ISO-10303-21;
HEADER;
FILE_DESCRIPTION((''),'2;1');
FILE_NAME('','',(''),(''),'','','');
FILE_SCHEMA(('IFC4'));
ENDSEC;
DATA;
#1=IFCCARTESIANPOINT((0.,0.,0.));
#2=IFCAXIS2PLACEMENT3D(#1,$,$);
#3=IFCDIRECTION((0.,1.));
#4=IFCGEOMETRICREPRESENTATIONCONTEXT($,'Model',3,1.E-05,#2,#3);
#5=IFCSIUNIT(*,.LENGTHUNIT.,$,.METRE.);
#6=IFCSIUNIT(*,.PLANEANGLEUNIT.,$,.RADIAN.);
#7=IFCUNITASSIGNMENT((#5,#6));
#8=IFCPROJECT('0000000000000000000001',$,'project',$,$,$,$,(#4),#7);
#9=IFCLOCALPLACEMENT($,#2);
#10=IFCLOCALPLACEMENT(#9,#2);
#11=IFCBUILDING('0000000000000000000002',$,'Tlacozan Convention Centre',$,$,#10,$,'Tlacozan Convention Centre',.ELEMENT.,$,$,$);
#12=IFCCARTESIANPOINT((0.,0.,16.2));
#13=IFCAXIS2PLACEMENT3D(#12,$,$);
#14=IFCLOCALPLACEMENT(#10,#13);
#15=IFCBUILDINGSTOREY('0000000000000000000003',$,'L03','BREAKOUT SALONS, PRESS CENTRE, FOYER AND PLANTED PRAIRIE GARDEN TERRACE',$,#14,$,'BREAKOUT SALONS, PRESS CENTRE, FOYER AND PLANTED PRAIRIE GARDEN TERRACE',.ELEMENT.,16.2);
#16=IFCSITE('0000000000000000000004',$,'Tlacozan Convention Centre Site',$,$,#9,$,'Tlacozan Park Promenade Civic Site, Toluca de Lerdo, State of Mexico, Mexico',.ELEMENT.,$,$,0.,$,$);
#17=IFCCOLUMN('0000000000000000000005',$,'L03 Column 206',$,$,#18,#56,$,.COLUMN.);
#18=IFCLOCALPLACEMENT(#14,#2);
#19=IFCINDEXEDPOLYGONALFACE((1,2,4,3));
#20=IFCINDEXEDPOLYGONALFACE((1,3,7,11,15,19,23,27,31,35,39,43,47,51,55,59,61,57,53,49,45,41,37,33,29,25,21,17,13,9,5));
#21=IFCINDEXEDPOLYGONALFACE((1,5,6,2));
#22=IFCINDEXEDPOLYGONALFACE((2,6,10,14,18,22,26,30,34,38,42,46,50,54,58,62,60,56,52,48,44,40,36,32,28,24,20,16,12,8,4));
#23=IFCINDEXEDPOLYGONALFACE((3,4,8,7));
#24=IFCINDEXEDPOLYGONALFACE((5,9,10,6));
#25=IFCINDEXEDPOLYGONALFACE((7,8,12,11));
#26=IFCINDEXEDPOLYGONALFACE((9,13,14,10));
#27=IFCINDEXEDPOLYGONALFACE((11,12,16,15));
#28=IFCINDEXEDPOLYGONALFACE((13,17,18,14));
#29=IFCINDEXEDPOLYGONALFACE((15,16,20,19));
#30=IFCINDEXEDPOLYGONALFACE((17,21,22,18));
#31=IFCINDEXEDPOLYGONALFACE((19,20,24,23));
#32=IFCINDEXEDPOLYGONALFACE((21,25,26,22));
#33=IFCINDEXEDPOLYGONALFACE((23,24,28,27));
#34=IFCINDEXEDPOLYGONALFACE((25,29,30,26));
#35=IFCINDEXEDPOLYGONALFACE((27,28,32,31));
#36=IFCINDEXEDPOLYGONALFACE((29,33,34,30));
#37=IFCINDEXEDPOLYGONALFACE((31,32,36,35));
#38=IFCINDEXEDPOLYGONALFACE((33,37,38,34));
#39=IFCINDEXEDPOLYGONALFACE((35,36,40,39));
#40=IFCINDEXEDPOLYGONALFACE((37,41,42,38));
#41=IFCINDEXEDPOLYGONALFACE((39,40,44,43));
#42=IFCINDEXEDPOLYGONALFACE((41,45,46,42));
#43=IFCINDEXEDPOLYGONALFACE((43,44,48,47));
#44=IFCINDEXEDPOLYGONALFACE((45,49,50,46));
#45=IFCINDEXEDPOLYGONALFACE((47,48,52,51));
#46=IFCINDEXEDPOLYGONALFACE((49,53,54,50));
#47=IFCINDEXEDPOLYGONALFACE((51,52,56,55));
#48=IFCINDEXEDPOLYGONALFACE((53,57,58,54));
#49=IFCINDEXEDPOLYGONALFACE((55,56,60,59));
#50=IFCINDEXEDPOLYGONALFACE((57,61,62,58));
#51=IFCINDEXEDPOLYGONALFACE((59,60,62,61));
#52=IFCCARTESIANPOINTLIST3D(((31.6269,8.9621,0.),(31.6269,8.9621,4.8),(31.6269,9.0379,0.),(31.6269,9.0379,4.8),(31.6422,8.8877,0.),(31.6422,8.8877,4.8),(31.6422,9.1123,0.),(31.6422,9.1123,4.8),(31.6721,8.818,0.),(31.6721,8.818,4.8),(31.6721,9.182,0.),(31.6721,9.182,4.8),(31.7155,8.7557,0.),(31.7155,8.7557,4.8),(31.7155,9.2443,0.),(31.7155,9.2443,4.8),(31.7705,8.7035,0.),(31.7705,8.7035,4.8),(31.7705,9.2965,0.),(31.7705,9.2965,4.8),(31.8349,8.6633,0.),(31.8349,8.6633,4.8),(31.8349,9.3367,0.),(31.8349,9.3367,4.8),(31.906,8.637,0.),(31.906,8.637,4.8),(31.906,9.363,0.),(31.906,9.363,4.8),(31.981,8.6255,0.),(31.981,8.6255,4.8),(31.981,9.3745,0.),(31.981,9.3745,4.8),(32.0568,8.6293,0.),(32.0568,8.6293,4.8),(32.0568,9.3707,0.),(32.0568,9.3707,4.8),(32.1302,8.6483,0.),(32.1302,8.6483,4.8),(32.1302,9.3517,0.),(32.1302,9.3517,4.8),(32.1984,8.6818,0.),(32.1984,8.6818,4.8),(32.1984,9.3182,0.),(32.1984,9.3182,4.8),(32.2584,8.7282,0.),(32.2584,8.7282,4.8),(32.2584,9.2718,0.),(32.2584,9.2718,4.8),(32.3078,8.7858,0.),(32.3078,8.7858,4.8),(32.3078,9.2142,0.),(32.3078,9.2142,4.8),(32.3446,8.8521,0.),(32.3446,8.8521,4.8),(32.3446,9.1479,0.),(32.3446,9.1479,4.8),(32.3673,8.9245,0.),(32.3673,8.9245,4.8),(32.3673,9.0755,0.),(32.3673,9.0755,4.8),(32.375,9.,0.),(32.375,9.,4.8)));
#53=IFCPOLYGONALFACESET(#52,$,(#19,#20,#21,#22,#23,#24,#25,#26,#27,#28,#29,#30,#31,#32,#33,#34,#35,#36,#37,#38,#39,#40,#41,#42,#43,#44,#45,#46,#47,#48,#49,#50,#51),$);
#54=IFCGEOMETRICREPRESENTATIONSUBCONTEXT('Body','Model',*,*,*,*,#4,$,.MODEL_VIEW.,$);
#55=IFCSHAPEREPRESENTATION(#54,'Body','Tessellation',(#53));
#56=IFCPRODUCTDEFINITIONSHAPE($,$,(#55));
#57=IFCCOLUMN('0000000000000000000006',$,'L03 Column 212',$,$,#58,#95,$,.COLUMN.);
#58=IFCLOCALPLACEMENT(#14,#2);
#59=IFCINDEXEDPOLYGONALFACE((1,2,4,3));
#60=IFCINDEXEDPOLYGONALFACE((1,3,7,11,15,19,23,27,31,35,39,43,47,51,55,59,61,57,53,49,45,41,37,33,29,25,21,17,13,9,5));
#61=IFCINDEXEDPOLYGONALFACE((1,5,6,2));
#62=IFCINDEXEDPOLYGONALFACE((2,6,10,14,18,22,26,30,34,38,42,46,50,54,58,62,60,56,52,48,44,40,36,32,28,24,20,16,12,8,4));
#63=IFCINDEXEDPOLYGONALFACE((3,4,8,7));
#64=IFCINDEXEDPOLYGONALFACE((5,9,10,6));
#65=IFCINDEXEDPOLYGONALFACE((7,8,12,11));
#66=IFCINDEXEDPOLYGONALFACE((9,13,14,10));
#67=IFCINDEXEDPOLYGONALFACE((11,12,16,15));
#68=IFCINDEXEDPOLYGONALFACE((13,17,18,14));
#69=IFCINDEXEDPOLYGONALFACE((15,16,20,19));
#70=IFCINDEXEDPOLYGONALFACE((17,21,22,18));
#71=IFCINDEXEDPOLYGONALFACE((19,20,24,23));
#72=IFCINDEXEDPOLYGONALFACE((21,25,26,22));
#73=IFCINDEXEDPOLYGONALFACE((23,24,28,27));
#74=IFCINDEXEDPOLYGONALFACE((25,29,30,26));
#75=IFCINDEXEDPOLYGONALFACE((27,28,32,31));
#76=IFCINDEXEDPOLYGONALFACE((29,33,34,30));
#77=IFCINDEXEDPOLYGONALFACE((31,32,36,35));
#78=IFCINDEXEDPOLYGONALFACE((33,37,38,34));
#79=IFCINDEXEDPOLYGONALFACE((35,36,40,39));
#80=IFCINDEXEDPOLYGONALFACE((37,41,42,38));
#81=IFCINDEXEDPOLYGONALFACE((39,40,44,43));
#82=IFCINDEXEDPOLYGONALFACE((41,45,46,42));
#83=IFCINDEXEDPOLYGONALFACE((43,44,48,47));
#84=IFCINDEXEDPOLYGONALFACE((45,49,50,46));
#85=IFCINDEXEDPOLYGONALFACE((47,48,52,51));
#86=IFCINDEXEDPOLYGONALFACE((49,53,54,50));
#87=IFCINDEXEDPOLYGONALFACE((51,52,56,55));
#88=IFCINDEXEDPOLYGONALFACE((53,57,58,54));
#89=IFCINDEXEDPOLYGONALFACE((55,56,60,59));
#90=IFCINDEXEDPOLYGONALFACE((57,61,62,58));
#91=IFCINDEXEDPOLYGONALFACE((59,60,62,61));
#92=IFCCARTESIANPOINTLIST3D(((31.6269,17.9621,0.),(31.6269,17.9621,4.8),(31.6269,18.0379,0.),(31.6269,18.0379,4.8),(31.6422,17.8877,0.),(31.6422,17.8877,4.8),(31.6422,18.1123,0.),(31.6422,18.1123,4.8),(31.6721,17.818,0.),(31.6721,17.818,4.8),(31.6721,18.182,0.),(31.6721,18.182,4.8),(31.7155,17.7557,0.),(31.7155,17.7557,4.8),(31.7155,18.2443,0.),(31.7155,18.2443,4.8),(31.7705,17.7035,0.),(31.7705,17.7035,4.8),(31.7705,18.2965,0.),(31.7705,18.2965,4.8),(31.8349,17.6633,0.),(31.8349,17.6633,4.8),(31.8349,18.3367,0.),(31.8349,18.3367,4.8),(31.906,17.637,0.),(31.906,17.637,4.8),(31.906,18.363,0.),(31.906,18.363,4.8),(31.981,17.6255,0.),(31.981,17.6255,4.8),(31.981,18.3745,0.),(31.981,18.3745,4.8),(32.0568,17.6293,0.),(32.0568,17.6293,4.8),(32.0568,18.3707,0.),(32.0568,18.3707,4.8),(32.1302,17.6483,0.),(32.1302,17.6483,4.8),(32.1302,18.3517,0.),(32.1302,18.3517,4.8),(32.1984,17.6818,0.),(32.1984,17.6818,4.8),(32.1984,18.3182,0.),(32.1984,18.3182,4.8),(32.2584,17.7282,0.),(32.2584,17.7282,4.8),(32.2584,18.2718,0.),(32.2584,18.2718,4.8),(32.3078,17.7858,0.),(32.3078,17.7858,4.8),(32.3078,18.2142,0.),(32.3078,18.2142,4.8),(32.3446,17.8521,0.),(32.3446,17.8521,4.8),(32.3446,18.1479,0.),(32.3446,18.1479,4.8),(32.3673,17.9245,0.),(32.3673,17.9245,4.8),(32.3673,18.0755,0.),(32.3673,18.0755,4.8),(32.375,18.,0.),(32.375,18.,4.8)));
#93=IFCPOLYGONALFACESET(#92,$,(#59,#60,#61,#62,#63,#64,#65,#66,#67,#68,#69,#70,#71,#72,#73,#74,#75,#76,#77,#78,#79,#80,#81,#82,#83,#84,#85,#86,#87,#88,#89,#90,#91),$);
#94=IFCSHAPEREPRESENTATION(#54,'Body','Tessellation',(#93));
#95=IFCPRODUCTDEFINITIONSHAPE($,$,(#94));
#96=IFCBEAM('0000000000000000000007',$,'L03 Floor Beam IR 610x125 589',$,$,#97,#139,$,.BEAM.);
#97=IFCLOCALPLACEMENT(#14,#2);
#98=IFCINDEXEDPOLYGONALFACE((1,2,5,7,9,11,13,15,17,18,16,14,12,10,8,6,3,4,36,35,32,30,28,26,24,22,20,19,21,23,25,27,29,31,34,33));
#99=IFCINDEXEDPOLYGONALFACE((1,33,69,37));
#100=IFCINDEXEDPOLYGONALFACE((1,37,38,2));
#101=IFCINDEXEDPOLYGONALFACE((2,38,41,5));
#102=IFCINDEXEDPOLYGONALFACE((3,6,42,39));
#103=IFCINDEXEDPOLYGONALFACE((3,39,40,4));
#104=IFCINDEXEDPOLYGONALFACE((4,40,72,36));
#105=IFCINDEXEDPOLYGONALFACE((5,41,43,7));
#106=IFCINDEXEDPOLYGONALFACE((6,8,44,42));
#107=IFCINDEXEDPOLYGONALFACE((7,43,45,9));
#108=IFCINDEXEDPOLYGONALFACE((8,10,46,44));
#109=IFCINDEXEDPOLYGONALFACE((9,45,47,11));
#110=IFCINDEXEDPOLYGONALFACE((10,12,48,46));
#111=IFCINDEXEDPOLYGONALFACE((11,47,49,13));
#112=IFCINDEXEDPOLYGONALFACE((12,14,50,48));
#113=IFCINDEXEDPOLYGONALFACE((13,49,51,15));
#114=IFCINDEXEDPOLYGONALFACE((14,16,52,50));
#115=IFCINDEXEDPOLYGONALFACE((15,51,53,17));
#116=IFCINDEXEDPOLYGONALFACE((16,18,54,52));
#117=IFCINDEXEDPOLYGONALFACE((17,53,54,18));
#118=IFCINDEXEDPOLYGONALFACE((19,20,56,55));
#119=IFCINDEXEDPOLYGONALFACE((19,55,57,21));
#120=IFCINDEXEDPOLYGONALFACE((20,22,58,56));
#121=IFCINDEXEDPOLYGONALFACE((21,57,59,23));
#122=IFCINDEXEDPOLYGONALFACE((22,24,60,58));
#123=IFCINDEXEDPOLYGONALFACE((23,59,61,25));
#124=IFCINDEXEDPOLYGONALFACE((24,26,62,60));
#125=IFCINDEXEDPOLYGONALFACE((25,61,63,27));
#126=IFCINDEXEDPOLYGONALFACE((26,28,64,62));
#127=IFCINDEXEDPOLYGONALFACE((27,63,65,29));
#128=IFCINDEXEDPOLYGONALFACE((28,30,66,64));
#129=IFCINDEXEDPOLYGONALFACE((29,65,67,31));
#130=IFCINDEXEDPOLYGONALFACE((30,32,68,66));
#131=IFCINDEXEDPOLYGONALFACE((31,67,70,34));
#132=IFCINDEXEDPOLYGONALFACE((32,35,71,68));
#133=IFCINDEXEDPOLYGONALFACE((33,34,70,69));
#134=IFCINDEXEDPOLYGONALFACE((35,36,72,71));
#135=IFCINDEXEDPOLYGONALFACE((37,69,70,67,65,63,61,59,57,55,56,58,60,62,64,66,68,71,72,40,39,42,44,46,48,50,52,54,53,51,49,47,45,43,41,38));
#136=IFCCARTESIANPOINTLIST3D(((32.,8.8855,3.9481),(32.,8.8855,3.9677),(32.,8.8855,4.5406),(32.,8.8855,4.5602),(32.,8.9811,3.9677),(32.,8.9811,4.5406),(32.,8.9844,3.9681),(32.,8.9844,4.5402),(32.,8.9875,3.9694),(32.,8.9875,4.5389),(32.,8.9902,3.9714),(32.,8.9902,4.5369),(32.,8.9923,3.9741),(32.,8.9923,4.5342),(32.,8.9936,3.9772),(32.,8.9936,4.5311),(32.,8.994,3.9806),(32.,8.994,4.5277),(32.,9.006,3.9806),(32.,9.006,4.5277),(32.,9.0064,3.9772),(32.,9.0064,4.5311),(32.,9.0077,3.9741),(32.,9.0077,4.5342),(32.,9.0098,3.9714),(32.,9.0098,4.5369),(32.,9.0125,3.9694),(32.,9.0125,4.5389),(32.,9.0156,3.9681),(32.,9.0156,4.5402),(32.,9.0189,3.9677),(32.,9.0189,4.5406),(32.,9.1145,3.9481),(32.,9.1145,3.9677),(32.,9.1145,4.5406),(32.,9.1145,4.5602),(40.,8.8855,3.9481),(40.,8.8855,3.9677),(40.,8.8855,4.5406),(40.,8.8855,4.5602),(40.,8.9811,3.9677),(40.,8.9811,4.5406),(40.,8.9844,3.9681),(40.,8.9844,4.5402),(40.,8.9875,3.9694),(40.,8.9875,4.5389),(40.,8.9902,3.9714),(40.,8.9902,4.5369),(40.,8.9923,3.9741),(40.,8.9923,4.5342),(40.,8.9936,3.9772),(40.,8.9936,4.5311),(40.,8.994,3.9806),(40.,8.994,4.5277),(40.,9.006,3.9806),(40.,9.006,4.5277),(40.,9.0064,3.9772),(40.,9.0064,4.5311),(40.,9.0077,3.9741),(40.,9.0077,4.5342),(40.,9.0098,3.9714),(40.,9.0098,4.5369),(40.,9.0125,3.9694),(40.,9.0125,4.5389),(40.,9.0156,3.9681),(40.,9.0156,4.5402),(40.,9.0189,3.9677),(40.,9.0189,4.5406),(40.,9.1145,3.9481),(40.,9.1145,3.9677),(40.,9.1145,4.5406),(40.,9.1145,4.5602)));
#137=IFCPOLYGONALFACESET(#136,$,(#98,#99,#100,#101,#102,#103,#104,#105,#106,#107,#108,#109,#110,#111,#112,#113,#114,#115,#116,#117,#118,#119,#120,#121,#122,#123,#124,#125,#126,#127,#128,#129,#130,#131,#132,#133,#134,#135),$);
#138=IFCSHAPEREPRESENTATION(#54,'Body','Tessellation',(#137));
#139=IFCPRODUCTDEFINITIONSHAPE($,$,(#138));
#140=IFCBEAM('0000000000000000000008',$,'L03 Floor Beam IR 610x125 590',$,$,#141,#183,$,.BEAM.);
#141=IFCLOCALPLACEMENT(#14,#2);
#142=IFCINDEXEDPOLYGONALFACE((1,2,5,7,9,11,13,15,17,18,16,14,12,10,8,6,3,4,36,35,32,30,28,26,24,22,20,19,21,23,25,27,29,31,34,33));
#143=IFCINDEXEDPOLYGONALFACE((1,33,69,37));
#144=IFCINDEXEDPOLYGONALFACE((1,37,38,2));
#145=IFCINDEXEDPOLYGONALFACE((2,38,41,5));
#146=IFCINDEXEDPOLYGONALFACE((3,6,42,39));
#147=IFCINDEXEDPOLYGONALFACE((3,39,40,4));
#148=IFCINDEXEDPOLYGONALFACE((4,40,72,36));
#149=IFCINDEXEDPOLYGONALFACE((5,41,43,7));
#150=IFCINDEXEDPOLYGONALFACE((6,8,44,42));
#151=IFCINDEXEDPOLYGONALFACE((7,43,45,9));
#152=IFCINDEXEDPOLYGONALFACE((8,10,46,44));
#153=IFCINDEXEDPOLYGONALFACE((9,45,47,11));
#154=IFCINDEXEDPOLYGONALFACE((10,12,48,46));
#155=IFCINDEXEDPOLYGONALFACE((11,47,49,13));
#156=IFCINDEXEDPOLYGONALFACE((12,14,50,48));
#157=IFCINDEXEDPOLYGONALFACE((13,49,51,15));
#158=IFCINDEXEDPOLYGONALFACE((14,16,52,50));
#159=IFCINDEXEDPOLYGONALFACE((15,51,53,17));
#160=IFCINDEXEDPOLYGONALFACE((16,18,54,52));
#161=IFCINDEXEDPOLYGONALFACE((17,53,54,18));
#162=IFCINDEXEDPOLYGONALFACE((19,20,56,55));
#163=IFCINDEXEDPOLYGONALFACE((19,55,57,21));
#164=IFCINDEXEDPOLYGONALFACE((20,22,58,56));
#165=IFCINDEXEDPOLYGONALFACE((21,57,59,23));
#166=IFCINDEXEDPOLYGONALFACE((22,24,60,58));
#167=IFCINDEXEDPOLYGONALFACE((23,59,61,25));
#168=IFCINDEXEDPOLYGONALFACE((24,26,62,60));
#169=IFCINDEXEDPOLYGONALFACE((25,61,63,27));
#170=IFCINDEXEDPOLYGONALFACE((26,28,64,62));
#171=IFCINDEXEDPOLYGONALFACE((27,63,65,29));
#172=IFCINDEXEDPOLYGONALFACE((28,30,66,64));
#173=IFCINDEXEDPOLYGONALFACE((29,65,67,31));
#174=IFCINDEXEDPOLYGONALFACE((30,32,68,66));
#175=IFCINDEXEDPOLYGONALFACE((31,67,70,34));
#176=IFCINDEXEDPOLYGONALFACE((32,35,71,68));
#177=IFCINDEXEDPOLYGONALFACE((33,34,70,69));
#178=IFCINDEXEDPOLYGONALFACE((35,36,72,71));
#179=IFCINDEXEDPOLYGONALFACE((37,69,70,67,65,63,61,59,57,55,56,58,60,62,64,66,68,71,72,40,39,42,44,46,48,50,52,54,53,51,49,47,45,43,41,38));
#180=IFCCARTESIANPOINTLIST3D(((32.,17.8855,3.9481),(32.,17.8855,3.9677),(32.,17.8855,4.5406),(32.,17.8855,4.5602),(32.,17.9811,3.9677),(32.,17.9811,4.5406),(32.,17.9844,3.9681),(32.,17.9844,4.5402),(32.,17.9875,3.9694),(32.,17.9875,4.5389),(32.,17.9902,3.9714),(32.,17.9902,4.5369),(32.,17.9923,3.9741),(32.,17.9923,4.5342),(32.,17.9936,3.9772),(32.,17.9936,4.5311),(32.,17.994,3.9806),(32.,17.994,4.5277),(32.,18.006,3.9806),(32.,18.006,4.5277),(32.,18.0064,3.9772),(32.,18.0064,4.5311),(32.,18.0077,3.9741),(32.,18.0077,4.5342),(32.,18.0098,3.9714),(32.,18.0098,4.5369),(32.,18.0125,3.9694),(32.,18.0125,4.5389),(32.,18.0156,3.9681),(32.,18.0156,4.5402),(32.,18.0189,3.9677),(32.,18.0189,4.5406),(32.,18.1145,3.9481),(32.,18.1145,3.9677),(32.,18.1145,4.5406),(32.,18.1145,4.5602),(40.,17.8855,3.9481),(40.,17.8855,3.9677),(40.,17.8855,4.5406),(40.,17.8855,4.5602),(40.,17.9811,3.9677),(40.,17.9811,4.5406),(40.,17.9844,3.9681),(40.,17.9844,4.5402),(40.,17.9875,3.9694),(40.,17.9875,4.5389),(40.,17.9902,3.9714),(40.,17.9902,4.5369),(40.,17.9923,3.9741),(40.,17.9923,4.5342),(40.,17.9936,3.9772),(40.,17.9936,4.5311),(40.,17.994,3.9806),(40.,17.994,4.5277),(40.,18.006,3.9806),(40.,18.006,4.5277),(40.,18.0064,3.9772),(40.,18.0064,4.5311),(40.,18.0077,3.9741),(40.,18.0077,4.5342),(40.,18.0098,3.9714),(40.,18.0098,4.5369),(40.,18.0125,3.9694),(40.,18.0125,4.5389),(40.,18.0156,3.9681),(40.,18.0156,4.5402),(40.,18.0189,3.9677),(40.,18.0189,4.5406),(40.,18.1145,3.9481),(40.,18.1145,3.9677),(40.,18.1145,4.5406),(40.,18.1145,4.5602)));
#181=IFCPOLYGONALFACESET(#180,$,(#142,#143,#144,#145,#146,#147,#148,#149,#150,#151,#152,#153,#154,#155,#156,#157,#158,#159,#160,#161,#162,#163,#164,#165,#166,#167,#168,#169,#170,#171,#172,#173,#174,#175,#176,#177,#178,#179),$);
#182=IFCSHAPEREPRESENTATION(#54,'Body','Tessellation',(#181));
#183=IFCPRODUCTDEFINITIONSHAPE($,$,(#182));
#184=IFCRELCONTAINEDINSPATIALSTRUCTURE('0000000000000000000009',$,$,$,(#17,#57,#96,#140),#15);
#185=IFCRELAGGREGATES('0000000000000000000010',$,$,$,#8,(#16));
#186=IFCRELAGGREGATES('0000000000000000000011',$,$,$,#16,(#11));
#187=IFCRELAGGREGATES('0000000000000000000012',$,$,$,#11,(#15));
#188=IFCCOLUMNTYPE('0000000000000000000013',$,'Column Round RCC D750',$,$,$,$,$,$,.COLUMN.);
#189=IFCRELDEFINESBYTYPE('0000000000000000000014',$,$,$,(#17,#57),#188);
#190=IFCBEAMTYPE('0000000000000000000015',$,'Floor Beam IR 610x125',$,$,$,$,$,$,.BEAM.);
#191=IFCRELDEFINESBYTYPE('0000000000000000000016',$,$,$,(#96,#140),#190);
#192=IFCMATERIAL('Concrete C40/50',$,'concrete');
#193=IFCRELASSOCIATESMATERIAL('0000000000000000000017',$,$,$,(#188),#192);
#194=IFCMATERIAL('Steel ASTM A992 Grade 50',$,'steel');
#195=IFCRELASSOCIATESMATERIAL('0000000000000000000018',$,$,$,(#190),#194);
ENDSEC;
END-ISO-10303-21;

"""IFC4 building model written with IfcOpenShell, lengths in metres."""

from ifc_helpers import new_model, si_unit, direction, frame, origin, origin_2d, place, context, subcontext, project, spatial, circle, i_section, extrude, material, material_profile, profile_set, type_object, element, save


model = new_model("IFC4")

# Units and contexts
model_context = context("Model", 3, precision=1e-05, world=origin(), true_north=direction((0.0, 1.0)))
body_context = subcontext(model_context, "Body", "Model", "MODEL_VIEW")
ifc_project = project(units=[si_unit("LENGTHUNIT", "METRE"), si_unit("PLANEANGLEUNIT", "RADIAN")], contexts=[model_context])

# Site, building, storey
site_placement = place(None, origin())
site = spatial("IfcSite", under=ifc_project, at=site_placement, Name="Tlacozan Convention Centre Site", LongName="Tlacozan Park Promenade Civic Site, Toluca de Lerdo, State of Mexico, Mexico", CompositionType="ELEMENT", RefElevation=0.0)
building_placement = place(site_placement, origin())
building = spatial("IfcBuilding", under=site, at=building_placement, Name="Tlacozan Convention Centre", LongName="Tlacozan Convention Centre", CompositionType="ELEMENT")
storey_placement = place(building_placement, frame((0.0, 0.0, 16.2)))
storey = spatial("IfcBuildingStorey", under=building, at=storey_placement, Name="L03", Description="BREAKOUT SALONS, PRESS CENTRE, FOYER AND PLANTED PRAIRIE GARDEN TERRACE", LongName="BREAKOUT SALONS, PRESS CENTRE, FOYER AND PLANTED PRAIRIE GARDEN TERRACE", CompositionType="ELEMENT", Elevation=16.2)

# Columns
ifc_material_1 = material(Name="Concrete C40/50", Category="concrete")
ifc_material_profile_1 = material_profile(ifc_material_1, circle(Radius=0.375, at=origin_2d()), Name="RCC D750")
ifc_profile_set_1 = profile_set([ifc_material_profile_1], Name="Concrete C40/50")
column_type = type_object("IfcColumnType", Name="Column Round RCC D750", PredefinedType="COLUMN", material=ifc_profile_set_1)
for number, where, z_axis, x_axis, name in (
    (1, (32.0, 9.0, 0.0), (0.0, 0.0, 1.0), (1.0, 0.0, 0.0), "L03 Column 206"),
    (2, (32.0, 18.0, 0.0), (0.0, 0.0, 1.0), (1.0, 0.0, 0.0), "L03 Column 212"),
):
    element("IfcColumn", number, at=place(storey_placement, frame(where, z_axis=z_axis, x_axis=x_axis)), inside=storey, type_object=column_type, Name=name, PredefinedType="COLUMN", context=body_context, shape_type="SweptSolid", body=[
        extrude(circle(Radius=0.375, at=origin_2d()), origin(), (0.0, 0.0, 1.0), 4.8),
    ])

# Beams
ifc_material_2 = material(Name="Steel ASTM A992 Grade 50", Category="steel")
ifc_material_profile_2 = material_profile(ifc_material_2, i_section(OverallWidth=0.229, OverallDepth=0.6121, WebThickness=0.012, FlangeThickness=0.0195, FilletRadius=0.0129, at=origin_2d()), Name="IR 610x125.0")
ifc_profile_set_2 = profile_set([ifc_material_profile_2], Name="Steel ASTM A992 Grade 50")
beam_type_1 = type_object("IfcBeamType", Name="Floor Beam IR 610x125", PredefinedType="BEAM", material=ifc_profile_set_2)
for number, where, z_axis, x_axis, name in (
    (3, (32.0, 9.0, 4.2542), (1.0, 0.0, 0.0), (0.0, 1.0, 0.0), "L03 Floor Beam IR 610x125 589"),
    (4, (32.0, 18.0, 4.2542), (1.0, 0.0, 0.0), (0.0, 1.0, 0.0), "L03 Floor Beam IR 610x125 590"),
):
    element("IfcBeam", number, at=place(storey_placement, frame(where, z_axis=z_axis, x_axis=x_axis)), inside=storey, type_object=beam_type_1, Name=name, PredefinedType="BEAM", context=body_context, shape_type="SweptSolid", body=[
        extrude(i_section(OverallWidth=0.229, OverallDepth=0.6121, WebThickness=0.012, FlangeThickness=0.0195, FilletRadius=0.0129, at=origin_2d()), origin(), (0.0, 0.0, 1.0), 8.0),
    ])

save(model, "model.ifc")
